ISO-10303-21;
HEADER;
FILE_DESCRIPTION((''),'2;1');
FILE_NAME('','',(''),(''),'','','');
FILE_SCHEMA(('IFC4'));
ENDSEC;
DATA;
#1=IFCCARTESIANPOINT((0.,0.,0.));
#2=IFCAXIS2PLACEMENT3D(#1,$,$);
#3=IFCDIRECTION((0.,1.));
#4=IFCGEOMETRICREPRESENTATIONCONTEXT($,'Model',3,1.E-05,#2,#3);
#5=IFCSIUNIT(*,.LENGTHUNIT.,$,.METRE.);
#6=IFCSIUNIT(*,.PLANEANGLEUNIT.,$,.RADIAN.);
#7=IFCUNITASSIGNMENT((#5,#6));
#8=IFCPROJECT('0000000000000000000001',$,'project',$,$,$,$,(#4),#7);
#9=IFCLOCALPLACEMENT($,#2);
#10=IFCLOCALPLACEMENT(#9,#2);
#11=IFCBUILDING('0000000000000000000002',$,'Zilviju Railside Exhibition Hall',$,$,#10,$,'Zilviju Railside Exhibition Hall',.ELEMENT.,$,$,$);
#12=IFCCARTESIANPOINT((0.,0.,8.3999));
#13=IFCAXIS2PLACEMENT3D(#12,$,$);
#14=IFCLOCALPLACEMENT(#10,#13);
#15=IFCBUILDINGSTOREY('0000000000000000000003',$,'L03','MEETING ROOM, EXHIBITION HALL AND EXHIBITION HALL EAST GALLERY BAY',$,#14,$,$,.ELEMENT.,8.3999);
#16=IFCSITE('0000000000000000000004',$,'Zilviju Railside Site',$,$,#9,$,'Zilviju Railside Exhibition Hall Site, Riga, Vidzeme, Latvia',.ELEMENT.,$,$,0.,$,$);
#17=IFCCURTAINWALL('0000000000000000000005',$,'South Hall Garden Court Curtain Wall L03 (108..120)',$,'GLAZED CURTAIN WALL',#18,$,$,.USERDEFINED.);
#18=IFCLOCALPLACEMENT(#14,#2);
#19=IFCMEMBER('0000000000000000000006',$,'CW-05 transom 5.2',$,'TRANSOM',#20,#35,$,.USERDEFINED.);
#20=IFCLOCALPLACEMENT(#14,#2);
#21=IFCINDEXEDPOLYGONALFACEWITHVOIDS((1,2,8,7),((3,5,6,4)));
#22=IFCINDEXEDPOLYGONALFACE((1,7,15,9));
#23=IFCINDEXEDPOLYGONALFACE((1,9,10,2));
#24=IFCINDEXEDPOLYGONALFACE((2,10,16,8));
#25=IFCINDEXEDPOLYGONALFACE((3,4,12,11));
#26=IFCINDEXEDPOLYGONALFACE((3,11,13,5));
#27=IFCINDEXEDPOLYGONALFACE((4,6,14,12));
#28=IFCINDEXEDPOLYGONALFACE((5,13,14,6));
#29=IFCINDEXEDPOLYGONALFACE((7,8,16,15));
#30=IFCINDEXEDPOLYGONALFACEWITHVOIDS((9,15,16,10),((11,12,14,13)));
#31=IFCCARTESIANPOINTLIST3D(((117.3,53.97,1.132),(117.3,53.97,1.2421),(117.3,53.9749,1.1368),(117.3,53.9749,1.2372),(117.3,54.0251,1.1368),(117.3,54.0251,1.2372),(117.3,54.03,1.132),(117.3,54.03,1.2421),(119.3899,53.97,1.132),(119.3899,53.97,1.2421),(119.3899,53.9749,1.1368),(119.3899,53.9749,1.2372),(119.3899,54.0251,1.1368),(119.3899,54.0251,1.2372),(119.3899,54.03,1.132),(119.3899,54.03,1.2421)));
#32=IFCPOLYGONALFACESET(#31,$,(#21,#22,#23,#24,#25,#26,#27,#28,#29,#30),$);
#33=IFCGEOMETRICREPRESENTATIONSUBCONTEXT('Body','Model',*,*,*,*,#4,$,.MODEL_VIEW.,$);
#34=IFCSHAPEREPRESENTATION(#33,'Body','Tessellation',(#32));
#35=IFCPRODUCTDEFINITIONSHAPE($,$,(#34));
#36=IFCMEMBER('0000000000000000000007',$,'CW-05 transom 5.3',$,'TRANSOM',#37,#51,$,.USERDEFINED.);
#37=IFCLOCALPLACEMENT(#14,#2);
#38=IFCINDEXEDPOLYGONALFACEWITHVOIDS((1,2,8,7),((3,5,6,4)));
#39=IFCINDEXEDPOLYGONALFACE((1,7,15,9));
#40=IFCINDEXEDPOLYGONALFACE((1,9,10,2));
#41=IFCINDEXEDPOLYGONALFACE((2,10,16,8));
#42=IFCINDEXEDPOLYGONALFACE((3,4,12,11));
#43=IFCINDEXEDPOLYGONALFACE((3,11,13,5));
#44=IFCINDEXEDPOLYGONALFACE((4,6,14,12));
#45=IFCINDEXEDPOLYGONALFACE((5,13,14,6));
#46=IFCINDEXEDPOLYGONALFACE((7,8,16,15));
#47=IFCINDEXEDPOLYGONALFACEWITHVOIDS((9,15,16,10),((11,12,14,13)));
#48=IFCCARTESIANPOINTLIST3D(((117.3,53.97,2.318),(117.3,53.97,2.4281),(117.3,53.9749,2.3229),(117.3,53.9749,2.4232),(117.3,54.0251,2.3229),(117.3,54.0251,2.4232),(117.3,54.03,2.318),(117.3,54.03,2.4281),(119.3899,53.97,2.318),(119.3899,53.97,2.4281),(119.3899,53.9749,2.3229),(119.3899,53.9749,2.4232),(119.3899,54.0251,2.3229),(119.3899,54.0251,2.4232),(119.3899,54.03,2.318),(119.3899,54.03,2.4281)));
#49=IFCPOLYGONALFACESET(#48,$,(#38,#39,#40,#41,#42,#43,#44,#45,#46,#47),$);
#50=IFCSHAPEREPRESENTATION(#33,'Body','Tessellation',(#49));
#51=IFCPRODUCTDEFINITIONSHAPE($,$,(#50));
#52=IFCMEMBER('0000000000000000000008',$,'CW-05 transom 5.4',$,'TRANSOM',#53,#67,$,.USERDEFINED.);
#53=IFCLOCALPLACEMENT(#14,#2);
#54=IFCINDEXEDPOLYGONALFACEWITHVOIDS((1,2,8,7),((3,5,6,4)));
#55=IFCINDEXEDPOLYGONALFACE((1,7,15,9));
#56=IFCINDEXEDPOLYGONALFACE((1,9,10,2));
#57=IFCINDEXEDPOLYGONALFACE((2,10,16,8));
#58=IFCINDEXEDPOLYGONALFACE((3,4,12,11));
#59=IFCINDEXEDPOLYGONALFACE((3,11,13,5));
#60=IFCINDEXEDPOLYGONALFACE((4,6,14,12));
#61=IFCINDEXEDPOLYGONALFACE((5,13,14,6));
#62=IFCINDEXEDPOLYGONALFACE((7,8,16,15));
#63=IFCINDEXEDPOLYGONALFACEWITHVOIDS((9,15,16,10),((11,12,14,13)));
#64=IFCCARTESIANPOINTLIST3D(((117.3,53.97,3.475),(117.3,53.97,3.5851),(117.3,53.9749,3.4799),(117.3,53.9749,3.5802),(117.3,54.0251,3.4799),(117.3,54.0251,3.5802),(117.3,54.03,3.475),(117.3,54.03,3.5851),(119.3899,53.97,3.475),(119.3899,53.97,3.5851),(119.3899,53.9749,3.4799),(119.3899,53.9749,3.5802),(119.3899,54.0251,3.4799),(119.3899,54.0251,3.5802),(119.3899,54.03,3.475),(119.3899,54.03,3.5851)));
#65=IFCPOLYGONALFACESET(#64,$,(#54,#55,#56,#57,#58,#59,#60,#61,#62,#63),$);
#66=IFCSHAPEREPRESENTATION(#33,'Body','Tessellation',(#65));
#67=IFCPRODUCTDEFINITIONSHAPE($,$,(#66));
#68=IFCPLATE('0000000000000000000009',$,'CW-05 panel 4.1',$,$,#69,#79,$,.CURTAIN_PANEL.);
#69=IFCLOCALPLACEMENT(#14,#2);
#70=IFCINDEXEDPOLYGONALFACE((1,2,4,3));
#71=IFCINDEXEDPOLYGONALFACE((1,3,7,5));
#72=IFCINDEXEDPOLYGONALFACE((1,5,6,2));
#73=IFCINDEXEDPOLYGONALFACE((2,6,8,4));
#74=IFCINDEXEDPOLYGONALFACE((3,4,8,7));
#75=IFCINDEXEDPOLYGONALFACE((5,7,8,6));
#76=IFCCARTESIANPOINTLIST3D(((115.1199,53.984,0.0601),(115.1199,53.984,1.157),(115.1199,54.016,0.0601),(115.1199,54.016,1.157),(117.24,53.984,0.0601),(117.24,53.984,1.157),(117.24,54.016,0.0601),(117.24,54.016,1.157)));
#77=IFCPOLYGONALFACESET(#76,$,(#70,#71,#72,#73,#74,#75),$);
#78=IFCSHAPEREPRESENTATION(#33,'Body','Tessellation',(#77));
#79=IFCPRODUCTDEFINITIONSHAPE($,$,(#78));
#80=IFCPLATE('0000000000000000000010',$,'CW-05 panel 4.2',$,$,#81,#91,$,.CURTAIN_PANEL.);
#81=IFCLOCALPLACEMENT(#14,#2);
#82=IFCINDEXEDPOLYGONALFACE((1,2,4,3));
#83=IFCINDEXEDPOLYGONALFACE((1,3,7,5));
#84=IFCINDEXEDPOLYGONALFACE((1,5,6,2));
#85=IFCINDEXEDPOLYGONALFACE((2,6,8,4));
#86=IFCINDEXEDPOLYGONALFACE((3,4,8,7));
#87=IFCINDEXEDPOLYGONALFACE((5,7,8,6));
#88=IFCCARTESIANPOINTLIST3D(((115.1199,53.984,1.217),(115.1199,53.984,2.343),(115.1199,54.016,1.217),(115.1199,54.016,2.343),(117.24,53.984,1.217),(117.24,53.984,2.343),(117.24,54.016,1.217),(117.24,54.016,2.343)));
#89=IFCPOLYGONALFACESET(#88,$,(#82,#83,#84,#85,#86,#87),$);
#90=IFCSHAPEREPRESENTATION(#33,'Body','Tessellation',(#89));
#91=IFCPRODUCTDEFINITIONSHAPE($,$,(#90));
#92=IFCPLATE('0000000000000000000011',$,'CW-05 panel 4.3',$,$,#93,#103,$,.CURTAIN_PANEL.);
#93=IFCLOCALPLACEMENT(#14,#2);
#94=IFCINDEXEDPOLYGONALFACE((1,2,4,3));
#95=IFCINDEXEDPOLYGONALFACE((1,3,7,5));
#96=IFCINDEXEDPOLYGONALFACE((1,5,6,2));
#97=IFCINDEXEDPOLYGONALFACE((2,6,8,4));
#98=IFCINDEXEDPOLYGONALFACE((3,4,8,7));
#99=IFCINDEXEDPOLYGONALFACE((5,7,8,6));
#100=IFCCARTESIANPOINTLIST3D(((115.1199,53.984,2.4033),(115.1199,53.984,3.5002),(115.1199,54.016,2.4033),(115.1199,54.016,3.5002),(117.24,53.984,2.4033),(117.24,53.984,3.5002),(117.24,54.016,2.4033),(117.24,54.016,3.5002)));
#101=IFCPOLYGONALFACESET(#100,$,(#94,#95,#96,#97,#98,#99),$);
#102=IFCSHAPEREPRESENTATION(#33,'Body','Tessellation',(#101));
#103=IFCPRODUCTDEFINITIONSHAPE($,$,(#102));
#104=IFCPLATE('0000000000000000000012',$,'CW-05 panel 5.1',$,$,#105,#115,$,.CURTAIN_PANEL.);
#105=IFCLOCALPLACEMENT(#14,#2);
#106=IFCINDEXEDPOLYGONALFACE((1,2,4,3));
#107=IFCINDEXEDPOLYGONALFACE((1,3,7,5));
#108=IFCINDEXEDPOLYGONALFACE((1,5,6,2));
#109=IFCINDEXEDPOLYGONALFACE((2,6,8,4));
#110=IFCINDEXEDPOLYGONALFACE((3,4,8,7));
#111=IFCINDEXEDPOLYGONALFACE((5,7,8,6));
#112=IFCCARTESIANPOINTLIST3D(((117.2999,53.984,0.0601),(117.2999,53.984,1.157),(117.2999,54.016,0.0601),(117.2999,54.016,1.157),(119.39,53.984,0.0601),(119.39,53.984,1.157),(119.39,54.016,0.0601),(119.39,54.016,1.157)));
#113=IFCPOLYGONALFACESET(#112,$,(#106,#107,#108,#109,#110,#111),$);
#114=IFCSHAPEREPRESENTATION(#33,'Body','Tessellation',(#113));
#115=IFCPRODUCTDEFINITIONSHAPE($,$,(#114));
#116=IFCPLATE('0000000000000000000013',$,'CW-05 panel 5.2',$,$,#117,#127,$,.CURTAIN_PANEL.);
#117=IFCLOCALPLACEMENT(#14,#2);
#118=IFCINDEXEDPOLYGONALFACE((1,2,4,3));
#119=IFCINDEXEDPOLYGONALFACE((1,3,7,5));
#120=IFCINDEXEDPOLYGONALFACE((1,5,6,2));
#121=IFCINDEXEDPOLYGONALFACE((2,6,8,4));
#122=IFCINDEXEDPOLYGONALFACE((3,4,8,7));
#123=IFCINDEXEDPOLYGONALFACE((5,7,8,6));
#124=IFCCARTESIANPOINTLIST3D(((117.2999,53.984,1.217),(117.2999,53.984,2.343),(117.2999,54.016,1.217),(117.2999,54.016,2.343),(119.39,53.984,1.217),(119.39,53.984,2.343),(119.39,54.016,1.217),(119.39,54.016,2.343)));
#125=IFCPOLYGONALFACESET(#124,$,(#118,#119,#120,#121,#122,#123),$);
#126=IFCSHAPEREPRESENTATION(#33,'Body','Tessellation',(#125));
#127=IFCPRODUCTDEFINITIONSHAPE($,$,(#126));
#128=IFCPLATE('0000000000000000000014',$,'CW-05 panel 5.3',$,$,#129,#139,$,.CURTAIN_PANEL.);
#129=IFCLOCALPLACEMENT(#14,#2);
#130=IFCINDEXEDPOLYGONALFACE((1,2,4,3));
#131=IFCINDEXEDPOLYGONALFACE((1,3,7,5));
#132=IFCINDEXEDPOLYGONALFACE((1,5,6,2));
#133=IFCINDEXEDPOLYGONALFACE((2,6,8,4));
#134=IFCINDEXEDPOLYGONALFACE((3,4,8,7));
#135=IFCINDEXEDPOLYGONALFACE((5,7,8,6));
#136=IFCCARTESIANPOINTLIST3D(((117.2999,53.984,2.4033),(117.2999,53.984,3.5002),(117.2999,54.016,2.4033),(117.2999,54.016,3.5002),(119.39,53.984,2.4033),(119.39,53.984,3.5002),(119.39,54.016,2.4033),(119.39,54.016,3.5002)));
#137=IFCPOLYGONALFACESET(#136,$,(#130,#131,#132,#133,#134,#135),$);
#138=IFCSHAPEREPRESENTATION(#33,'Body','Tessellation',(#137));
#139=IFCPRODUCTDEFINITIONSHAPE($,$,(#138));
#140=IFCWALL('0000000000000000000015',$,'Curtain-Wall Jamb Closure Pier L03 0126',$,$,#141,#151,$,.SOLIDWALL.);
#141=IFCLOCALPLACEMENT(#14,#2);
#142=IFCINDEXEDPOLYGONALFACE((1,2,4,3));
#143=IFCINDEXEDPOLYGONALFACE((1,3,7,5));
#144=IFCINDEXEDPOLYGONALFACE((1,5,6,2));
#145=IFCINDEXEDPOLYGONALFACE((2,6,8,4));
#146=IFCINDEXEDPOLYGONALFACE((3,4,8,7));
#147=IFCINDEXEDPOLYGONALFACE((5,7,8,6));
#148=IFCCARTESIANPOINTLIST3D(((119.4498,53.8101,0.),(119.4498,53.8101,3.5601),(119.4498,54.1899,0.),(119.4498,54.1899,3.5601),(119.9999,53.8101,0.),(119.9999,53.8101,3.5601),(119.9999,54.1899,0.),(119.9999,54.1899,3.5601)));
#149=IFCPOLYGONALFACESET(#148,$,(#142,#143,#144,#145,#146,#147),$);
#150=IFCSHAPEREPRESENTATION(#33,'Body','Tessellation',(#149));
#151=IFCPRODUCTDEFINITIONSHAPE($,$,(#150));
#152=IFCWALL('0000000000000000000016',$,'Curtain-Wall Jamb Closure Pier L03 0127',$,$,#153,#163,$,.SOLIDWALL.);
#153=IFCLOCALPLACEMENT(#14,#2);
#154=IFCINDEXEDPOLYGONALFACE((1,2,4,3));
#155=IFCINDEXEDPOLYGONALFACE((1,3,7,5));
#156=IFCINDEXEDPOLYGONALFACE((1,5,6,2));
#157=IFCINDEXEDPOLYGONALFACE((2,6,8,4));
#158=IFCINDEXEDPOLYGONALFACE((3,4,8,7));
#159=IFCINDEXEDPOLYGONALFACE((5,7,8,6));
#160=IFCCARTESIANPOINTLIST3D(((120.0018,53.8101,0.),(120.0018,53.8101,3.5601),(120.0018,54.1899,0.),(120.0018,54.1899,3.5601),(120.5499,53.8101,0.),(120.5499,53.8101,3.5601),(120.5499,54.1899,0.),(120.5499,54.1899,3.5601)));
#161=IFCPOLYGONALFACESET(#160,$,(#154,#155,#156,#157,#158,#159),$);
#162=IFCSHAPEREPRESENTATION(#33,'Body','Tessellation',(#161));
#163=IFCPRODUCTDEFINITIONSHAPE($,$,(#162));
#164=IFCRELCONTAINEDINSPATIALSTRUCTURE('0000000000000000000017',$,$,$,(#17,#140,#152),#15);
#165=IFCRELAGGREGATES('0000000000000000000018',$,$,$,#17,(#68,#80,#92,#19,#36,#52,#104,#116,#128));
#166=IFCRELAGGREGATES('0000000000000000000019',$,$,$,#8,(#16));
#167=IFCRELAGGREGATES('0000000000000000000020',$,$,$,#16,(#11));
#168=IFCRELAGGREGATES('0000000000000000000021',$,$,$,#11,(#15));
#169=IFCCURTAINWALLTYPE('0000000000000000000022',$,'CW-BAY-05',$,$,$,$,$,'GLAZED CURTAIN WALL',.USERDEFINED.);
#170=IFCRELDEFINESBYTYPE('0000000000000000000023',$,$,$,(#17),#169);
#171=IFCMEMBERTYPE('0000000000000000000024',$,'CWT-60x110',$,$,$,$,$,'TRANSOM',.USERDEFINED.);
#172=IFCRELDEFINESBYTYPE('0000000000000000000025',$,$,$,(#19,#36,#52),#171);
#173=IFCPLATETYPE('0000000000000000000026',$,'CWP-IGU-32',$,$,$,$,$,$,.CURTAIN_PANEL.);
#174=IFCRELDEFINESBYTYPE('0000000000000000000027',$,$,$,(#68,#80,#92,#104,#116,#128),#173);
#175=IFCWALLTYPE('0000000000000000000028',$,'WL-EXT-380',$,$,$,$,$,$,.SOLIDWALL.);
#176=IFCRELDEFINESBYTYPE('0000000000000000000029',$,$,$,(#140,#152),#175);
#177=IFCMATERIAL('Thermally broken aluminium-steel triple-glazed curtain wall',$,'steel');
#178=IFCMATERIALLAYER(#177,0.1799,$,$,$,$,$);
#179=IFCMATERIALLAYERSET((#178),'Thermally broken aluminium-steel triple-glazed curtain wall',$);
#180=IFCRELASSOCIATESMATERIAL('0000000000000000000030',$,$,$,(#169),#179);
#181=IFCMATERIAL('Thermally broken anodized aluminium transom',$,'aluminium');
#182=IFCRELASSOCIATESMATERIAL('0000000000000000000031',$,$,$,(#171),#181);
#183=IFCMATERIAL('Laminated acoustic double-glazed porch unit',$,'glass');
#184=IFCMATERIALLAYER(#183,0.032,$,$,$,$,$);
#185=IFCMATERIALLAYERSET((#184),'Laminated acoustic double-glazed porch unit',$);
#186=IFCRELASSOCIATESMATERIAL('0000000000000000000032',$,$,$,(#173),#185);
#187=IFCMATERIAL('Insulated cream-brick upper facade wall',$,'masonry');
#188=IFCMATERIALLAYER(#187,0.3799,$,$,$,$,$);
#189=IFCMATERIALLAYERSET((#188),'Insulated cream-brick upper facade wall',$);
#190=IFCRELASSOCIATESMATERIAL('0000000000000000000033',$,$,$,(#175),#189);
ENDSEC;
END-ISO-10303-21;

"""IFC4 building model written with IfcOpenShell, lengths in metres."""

from ifc_helpers import new_model, si_unit, direction, frame, frame_2d, origin, origin_2d, place, context, subcontext, project, spatial, rectangle, hollow_rectangle, extrude, material, layer, layer_set, material_profile, profile_set, type_object, element, aggregate, save


model = new_model("IFC4")

# Units and contexts
model_context = context("Model", 3, precision=1e-05, world=origin(), true_north=direction((0.0, 1.0)))
body_context = subcontext(model_context, "Body", "Model", "MODEL_VIEW")
ifc_project = project(units=[si_unit("LENGTHUNIT", "METRE"), si_unit("PLANEANGLEUNIT", "RADIAN")], contexts=[model_context])

# Site, building, storey
site_placement = place(None, origin())
site = spatial("IfcSite", under=ifc_project, at=site_placement, Name="Zilviju Railside Site", LongName="Zilviju Railside Exhibition Hall Site, Riga, Vidzeme, Latvia", CompositionType="ELEMENT", RefElevation=0.0)
building_placement = place(site_placement, origin())
building = spatial("IfcBuilding", under=site, at=building_placement, Name="Zilviju Railside Exhibition Hall", LongName="Zilviju Railside Exhibition Hall", CompositionType="ELEMENT")
storey_placement = place(building_placement, frame((0.0, 0.0, 8.3999)))
storey = spatial("IfcBuildingStorey", under=building, at=storey_placement, Name="L03", Description="MEETING ROOM, EXHIBITION HALL AND EXHIBITION HALL EAST GALLERY BAY", CompositionType="ELEMENT", Elevation=8.3999)

# Curtain wall
ifc_material_1 = material(Name="Thermally broken aluminium-steel triple-glazed curtain wall", Category="steel")
ifc_layer_1 = layer(ifc_material_1, 0.1799)
ifc_layer_set_1 = layer_set([ifc_layer_1], Name="Thermally broken aluminium-steel triple-glazed curtain wall")
curtain_wall_type_1 = type_object("IfcCurtainWallType", Name="CW-BAY-05", ElementType="GLAZED CURTAIN WALL", PredefinedType="USERDEFINED", material=ifc_layer_set_1)
curtain_wall_1_placement = place(storey_placement, origin())
curtain_wall_1 = element("IfcCurtainWall", 1, at=curtain_wall_1_placement, inside=storey, type_object=curtain_wall_type_1, Name="South Hall Garden Court Curtain Wall L03 (108..120)", ObjectType="GLAZED CURTAIN WALL", PredefinedType="USERDEFINED")

# Shared definitions
ifc_material_2 = material(Name="Thermally broken anodized aluminium transom", Category="aluminium")

# Members
ifc_material_profile_1 = material_profile(ifc_material_2, hollow_rectangle(XDim=0.0601, YDim=0.1101, WallThickness=0.0049, at=origin_2d()), Name="TRANSOM 110x60x5")
ifc_profile_set_1 = profile_set([ifc_material_profile_1], Name="Thermally broken anodized aluminium transom")
member_type_1 = type_object("IfcMemberType", Name="CWT-60x110", ElementType="TRANSOM", PredefinedType="USERDEFINED", material=ifc_profile_set_1)
member_1_placement = place(storey_placement, frame((117.3, 54.0, 1.187), z_axis=(1.0, 0.0, 0.0), x_axis=(0.0, 1.0, 0.0)))
member_1 = element("IfcMember", 2, at=member_1_placement, type_object=member_type_1, Name="CW-05 transom 5.2", ObjectType="TRANSOM", PredefinedType="USERDEFINED", context=body_context, shape_type="SweptSolid", body=[
    extrude(hollow_rectangle(XDim=0.0601, YDim=0.1101, WallThickness=0.0049, at=origin_2d()), origin(), (0.0, 0.0, 1.0), 2.0898),
])
member_2_placement = place(storey_placement, frame((117.3, 54.0, 2.373), z_axis=(1.0, 0.0, 0.0), x_axis=(0.0, 1.0, 0.0)))
member_2 = element("IfcMember", 3, at=member_2_placement, type_object=member_type_1, Name="CW-05 transom 5.3", ObjectType="TRANSOM", PredefinedType="USERDEFINED", context=body_context, shape_type="SweptSolid", body=[
    extrude(hollow_rectangle(XDim=0.0601, YDim=0.1101, WallThickness=0.0049, at=origin_2d()), origin(), (0.0, 0.0, 1.0), 2.0898),
])
member_3_placement = place(storey_placement, frame((117.3, 54.0, 3.53), z_axis=(1.0, 0.0, 0.0), x_axis=(0.0, 1.0, 0.0)))
member_3 = element("IfcMember", 4, at=member_3_placement, type_object=member_type_1, Name="CW-05 transom 5.4", ObjectType="TRANSOM", PredefinedType="USERDEFINED", context=body_context, shape_type="SweptSolid", body=[
    extrude(hollow_rectangle(XDim=0.0601, YDim=0.1101, WallThickness=0.0049, at=origin_2d()), origin(), (0.0, 0.0, 1.0), 2.0898),
])

# Plates
ifc_material_3 = material(Name="Laminated acoustic double-glazed porch unit", Category="glass")
ifc_layer_2 = layer(ifc_material_3, 0.032)
ifc_layer_set_2 = layer_set([ifc_layer_2], Name="Laminated acoustic double-glazed porch unit")
plate_type = type_object("IfcPlateType", Name="CWP-IGU-32", PredefinedType="CURTAIN_PANEL", material=ifc_layer_set_2)
plate_1_placement = place(storey_placement, frame((116.1799, 54.0, 0.0601), z_axis=(0.0, 0.0, 1.0), x_axis=(1.0, 0.0, 0.0)))
plate_1 = element("IfcPlate", 5, at=plate_1_placement, type_object=plate_type, Name="CW-05 panel 4.1", PredefinedType="CURTAIN_PANEL", context=body_context, shape_type="SweptSolid", body=[
    extrude(rectangle(XDim=2.1201, YDim=0.032, at=origin_2d()), origin(), (0.0, 0.0, 1.0), 1.0969),
])
plate_2_placement = place(storey_placement, frame((116.1799, 54.0, 1.217), z_axis=(0.0, 0.0, 1.0), x_axis=(1.0, 0.0, 0.0)))
plate_2 = element("IfcPlate", 6, at=plate_2_placement, type_object=plate_type, Name="CW-05 panel 4.2", PredefinedType="CURTAIN_PANEL", context=body_context, shape_type="SweptSolid", body=[
    extrude(rectangle(XDim=2.1201, YDim=0.032, at=origin_2d()), origin(), (0.0, 0.0, 1.0), 1.126),
])
plate_3_placement = place(storey_placement, frame((116.1799, 54.0, 2.4033), z_axis=(0.0, 0.0, 1.0), x_axis=(1.0, 0.0, 0.0)))
plate_3 = element("IfcPlate", 7, at=plate_3_placement, type_object=plate_type, Name="CW-05 panel 4.3", PredefinedType="CURTAIN_PANEL", context=body_context, shape_type="SweptSolid", body=[
    extrude(rectangle(XDim=2.1201, YDim=0.032, at=origin_2d()), origin(), (0.0, 0.0, 1.0), 1.0969),
])
plate_4_placement = place(storey_placement, frame((118.345, 54.0, 0.0601), z_axis=(0.0, 0.0, 1.0), x_axis=(1.0, 0.0, 0.0)))
plate_4 = element("IfcPlate", 8, at=plate_4_placement, type_object=plate_type, Name="CW-05 panel 5.1", PredefinedType="CURTAIN_PANEL", context=body_context, shape_type="SweptSolid", body=[
    extrude(rectangle(XDim=2.0901, YDim=0.032, at=origin_2d()), origin(), (0.0, 0.0, 1.0), 1.0969),
])
plate_5_placement = place(storey_placement, frame((118.345, 54.0, 1.217), z_axis=(0.0, 0.0, 1.0), x_axis=(1.0, 0.0, 0.0)))
plate_5 = element("IfcPlate", 9, at=plate_5_placement, type_object=plate_type, Name="CW-05 panel 5.2", PredefinedType="CURTAIN_PANEL", context=body_context, shape_type="SweptSolid", body=[
    extrude(rectangle(XDim=2.0901, YDim=0.032, at=origin_2d()), origin(), (0.0, 0.0, 1.0), 1.126),
])
plate_6_placement = place(storey_placement, frame((118.345, 54.0, 2.4033), z_axis=(0.0, 0.0, 1.0), x_axis=(1.0, 0.0, 0.0)))
plate_6 = element("IfcPlate", 10, at=plate_6_placement, type_object=plate_type, Name="CW-05 panel 5.3", PredefinedType="CURTAIN_PANEL", context=body_context, shape_type="SweptSolid", body=[
    extrude(rectangle(XDim=2.0901, YDim=0.032, at=origin_2d()), origin(), (0.0, 0.0, 1.0), 1.0969),
])
aggregate(curtain_wall_1, [plate_1, plate_2, plate_3, member_1, member_2, member_3, plate_4, plate_5, plate_6])

# Walls
ifc_material_4 = material(Name="Insulated cream-brick upper facade wall", Category="masonry")
ifc_layer_3 = layer(ifc_material_4, 0.3799)
ifc_layer_set_3 = layer_set([ifc_layer_3], Name="Insulated cream-brick upper facade wall")
wall_type = type_object("IfcWallType", Name="WL-EXT-380", PredefinedType="SOLIDWALL", material=ifc_layer_set_3)
wall_1_placement = place(storey_placement, frame((119.45, 54.0, 0.0), z_axis=(0.0, 0.0, 1.0), x_axis=(1.0, 0.0, 0.0)))
element("IfcWall", 11, at=wall_1_placement, inside=storey, type_object=wall_type, Name="Curtain-Wall Jamb Closure Pier L03 0126", PredefinedType="SOLIDWALL", context=body_context, shape_type="SweptSolid", body=[
    extrude(rectangle(XDim=0.55, YDim=0.3799, at=frame_2d((0.2749, 0.0))), origin(), (0.0, 0.0, 1.0), 3.5601),
])
wall_2_placement = place(storey_placement, frame((120.002, 54.0, 0.0), z_axis=(0.0, 0.0, 1.0), x_axis=(1.0, 0.0, 0.0)))
element("IfcWall", 12, at=wall_2_placement, inside=storey, type_object=wall_type, Name="Curtain-Wall Jamb Closure Pier L03 0127", PredefinedType="SOLIDWALL", context=body_context, shape_type="SweptSolid", body=[
    extrude(rectangle(XDim=0.5481, YDim=0.3799, at=frame_2d((0.2739, 0.0))), origin(), (0.0, 0.0, 1.0), 3.5601),
])

save(model, "model.ifc")
